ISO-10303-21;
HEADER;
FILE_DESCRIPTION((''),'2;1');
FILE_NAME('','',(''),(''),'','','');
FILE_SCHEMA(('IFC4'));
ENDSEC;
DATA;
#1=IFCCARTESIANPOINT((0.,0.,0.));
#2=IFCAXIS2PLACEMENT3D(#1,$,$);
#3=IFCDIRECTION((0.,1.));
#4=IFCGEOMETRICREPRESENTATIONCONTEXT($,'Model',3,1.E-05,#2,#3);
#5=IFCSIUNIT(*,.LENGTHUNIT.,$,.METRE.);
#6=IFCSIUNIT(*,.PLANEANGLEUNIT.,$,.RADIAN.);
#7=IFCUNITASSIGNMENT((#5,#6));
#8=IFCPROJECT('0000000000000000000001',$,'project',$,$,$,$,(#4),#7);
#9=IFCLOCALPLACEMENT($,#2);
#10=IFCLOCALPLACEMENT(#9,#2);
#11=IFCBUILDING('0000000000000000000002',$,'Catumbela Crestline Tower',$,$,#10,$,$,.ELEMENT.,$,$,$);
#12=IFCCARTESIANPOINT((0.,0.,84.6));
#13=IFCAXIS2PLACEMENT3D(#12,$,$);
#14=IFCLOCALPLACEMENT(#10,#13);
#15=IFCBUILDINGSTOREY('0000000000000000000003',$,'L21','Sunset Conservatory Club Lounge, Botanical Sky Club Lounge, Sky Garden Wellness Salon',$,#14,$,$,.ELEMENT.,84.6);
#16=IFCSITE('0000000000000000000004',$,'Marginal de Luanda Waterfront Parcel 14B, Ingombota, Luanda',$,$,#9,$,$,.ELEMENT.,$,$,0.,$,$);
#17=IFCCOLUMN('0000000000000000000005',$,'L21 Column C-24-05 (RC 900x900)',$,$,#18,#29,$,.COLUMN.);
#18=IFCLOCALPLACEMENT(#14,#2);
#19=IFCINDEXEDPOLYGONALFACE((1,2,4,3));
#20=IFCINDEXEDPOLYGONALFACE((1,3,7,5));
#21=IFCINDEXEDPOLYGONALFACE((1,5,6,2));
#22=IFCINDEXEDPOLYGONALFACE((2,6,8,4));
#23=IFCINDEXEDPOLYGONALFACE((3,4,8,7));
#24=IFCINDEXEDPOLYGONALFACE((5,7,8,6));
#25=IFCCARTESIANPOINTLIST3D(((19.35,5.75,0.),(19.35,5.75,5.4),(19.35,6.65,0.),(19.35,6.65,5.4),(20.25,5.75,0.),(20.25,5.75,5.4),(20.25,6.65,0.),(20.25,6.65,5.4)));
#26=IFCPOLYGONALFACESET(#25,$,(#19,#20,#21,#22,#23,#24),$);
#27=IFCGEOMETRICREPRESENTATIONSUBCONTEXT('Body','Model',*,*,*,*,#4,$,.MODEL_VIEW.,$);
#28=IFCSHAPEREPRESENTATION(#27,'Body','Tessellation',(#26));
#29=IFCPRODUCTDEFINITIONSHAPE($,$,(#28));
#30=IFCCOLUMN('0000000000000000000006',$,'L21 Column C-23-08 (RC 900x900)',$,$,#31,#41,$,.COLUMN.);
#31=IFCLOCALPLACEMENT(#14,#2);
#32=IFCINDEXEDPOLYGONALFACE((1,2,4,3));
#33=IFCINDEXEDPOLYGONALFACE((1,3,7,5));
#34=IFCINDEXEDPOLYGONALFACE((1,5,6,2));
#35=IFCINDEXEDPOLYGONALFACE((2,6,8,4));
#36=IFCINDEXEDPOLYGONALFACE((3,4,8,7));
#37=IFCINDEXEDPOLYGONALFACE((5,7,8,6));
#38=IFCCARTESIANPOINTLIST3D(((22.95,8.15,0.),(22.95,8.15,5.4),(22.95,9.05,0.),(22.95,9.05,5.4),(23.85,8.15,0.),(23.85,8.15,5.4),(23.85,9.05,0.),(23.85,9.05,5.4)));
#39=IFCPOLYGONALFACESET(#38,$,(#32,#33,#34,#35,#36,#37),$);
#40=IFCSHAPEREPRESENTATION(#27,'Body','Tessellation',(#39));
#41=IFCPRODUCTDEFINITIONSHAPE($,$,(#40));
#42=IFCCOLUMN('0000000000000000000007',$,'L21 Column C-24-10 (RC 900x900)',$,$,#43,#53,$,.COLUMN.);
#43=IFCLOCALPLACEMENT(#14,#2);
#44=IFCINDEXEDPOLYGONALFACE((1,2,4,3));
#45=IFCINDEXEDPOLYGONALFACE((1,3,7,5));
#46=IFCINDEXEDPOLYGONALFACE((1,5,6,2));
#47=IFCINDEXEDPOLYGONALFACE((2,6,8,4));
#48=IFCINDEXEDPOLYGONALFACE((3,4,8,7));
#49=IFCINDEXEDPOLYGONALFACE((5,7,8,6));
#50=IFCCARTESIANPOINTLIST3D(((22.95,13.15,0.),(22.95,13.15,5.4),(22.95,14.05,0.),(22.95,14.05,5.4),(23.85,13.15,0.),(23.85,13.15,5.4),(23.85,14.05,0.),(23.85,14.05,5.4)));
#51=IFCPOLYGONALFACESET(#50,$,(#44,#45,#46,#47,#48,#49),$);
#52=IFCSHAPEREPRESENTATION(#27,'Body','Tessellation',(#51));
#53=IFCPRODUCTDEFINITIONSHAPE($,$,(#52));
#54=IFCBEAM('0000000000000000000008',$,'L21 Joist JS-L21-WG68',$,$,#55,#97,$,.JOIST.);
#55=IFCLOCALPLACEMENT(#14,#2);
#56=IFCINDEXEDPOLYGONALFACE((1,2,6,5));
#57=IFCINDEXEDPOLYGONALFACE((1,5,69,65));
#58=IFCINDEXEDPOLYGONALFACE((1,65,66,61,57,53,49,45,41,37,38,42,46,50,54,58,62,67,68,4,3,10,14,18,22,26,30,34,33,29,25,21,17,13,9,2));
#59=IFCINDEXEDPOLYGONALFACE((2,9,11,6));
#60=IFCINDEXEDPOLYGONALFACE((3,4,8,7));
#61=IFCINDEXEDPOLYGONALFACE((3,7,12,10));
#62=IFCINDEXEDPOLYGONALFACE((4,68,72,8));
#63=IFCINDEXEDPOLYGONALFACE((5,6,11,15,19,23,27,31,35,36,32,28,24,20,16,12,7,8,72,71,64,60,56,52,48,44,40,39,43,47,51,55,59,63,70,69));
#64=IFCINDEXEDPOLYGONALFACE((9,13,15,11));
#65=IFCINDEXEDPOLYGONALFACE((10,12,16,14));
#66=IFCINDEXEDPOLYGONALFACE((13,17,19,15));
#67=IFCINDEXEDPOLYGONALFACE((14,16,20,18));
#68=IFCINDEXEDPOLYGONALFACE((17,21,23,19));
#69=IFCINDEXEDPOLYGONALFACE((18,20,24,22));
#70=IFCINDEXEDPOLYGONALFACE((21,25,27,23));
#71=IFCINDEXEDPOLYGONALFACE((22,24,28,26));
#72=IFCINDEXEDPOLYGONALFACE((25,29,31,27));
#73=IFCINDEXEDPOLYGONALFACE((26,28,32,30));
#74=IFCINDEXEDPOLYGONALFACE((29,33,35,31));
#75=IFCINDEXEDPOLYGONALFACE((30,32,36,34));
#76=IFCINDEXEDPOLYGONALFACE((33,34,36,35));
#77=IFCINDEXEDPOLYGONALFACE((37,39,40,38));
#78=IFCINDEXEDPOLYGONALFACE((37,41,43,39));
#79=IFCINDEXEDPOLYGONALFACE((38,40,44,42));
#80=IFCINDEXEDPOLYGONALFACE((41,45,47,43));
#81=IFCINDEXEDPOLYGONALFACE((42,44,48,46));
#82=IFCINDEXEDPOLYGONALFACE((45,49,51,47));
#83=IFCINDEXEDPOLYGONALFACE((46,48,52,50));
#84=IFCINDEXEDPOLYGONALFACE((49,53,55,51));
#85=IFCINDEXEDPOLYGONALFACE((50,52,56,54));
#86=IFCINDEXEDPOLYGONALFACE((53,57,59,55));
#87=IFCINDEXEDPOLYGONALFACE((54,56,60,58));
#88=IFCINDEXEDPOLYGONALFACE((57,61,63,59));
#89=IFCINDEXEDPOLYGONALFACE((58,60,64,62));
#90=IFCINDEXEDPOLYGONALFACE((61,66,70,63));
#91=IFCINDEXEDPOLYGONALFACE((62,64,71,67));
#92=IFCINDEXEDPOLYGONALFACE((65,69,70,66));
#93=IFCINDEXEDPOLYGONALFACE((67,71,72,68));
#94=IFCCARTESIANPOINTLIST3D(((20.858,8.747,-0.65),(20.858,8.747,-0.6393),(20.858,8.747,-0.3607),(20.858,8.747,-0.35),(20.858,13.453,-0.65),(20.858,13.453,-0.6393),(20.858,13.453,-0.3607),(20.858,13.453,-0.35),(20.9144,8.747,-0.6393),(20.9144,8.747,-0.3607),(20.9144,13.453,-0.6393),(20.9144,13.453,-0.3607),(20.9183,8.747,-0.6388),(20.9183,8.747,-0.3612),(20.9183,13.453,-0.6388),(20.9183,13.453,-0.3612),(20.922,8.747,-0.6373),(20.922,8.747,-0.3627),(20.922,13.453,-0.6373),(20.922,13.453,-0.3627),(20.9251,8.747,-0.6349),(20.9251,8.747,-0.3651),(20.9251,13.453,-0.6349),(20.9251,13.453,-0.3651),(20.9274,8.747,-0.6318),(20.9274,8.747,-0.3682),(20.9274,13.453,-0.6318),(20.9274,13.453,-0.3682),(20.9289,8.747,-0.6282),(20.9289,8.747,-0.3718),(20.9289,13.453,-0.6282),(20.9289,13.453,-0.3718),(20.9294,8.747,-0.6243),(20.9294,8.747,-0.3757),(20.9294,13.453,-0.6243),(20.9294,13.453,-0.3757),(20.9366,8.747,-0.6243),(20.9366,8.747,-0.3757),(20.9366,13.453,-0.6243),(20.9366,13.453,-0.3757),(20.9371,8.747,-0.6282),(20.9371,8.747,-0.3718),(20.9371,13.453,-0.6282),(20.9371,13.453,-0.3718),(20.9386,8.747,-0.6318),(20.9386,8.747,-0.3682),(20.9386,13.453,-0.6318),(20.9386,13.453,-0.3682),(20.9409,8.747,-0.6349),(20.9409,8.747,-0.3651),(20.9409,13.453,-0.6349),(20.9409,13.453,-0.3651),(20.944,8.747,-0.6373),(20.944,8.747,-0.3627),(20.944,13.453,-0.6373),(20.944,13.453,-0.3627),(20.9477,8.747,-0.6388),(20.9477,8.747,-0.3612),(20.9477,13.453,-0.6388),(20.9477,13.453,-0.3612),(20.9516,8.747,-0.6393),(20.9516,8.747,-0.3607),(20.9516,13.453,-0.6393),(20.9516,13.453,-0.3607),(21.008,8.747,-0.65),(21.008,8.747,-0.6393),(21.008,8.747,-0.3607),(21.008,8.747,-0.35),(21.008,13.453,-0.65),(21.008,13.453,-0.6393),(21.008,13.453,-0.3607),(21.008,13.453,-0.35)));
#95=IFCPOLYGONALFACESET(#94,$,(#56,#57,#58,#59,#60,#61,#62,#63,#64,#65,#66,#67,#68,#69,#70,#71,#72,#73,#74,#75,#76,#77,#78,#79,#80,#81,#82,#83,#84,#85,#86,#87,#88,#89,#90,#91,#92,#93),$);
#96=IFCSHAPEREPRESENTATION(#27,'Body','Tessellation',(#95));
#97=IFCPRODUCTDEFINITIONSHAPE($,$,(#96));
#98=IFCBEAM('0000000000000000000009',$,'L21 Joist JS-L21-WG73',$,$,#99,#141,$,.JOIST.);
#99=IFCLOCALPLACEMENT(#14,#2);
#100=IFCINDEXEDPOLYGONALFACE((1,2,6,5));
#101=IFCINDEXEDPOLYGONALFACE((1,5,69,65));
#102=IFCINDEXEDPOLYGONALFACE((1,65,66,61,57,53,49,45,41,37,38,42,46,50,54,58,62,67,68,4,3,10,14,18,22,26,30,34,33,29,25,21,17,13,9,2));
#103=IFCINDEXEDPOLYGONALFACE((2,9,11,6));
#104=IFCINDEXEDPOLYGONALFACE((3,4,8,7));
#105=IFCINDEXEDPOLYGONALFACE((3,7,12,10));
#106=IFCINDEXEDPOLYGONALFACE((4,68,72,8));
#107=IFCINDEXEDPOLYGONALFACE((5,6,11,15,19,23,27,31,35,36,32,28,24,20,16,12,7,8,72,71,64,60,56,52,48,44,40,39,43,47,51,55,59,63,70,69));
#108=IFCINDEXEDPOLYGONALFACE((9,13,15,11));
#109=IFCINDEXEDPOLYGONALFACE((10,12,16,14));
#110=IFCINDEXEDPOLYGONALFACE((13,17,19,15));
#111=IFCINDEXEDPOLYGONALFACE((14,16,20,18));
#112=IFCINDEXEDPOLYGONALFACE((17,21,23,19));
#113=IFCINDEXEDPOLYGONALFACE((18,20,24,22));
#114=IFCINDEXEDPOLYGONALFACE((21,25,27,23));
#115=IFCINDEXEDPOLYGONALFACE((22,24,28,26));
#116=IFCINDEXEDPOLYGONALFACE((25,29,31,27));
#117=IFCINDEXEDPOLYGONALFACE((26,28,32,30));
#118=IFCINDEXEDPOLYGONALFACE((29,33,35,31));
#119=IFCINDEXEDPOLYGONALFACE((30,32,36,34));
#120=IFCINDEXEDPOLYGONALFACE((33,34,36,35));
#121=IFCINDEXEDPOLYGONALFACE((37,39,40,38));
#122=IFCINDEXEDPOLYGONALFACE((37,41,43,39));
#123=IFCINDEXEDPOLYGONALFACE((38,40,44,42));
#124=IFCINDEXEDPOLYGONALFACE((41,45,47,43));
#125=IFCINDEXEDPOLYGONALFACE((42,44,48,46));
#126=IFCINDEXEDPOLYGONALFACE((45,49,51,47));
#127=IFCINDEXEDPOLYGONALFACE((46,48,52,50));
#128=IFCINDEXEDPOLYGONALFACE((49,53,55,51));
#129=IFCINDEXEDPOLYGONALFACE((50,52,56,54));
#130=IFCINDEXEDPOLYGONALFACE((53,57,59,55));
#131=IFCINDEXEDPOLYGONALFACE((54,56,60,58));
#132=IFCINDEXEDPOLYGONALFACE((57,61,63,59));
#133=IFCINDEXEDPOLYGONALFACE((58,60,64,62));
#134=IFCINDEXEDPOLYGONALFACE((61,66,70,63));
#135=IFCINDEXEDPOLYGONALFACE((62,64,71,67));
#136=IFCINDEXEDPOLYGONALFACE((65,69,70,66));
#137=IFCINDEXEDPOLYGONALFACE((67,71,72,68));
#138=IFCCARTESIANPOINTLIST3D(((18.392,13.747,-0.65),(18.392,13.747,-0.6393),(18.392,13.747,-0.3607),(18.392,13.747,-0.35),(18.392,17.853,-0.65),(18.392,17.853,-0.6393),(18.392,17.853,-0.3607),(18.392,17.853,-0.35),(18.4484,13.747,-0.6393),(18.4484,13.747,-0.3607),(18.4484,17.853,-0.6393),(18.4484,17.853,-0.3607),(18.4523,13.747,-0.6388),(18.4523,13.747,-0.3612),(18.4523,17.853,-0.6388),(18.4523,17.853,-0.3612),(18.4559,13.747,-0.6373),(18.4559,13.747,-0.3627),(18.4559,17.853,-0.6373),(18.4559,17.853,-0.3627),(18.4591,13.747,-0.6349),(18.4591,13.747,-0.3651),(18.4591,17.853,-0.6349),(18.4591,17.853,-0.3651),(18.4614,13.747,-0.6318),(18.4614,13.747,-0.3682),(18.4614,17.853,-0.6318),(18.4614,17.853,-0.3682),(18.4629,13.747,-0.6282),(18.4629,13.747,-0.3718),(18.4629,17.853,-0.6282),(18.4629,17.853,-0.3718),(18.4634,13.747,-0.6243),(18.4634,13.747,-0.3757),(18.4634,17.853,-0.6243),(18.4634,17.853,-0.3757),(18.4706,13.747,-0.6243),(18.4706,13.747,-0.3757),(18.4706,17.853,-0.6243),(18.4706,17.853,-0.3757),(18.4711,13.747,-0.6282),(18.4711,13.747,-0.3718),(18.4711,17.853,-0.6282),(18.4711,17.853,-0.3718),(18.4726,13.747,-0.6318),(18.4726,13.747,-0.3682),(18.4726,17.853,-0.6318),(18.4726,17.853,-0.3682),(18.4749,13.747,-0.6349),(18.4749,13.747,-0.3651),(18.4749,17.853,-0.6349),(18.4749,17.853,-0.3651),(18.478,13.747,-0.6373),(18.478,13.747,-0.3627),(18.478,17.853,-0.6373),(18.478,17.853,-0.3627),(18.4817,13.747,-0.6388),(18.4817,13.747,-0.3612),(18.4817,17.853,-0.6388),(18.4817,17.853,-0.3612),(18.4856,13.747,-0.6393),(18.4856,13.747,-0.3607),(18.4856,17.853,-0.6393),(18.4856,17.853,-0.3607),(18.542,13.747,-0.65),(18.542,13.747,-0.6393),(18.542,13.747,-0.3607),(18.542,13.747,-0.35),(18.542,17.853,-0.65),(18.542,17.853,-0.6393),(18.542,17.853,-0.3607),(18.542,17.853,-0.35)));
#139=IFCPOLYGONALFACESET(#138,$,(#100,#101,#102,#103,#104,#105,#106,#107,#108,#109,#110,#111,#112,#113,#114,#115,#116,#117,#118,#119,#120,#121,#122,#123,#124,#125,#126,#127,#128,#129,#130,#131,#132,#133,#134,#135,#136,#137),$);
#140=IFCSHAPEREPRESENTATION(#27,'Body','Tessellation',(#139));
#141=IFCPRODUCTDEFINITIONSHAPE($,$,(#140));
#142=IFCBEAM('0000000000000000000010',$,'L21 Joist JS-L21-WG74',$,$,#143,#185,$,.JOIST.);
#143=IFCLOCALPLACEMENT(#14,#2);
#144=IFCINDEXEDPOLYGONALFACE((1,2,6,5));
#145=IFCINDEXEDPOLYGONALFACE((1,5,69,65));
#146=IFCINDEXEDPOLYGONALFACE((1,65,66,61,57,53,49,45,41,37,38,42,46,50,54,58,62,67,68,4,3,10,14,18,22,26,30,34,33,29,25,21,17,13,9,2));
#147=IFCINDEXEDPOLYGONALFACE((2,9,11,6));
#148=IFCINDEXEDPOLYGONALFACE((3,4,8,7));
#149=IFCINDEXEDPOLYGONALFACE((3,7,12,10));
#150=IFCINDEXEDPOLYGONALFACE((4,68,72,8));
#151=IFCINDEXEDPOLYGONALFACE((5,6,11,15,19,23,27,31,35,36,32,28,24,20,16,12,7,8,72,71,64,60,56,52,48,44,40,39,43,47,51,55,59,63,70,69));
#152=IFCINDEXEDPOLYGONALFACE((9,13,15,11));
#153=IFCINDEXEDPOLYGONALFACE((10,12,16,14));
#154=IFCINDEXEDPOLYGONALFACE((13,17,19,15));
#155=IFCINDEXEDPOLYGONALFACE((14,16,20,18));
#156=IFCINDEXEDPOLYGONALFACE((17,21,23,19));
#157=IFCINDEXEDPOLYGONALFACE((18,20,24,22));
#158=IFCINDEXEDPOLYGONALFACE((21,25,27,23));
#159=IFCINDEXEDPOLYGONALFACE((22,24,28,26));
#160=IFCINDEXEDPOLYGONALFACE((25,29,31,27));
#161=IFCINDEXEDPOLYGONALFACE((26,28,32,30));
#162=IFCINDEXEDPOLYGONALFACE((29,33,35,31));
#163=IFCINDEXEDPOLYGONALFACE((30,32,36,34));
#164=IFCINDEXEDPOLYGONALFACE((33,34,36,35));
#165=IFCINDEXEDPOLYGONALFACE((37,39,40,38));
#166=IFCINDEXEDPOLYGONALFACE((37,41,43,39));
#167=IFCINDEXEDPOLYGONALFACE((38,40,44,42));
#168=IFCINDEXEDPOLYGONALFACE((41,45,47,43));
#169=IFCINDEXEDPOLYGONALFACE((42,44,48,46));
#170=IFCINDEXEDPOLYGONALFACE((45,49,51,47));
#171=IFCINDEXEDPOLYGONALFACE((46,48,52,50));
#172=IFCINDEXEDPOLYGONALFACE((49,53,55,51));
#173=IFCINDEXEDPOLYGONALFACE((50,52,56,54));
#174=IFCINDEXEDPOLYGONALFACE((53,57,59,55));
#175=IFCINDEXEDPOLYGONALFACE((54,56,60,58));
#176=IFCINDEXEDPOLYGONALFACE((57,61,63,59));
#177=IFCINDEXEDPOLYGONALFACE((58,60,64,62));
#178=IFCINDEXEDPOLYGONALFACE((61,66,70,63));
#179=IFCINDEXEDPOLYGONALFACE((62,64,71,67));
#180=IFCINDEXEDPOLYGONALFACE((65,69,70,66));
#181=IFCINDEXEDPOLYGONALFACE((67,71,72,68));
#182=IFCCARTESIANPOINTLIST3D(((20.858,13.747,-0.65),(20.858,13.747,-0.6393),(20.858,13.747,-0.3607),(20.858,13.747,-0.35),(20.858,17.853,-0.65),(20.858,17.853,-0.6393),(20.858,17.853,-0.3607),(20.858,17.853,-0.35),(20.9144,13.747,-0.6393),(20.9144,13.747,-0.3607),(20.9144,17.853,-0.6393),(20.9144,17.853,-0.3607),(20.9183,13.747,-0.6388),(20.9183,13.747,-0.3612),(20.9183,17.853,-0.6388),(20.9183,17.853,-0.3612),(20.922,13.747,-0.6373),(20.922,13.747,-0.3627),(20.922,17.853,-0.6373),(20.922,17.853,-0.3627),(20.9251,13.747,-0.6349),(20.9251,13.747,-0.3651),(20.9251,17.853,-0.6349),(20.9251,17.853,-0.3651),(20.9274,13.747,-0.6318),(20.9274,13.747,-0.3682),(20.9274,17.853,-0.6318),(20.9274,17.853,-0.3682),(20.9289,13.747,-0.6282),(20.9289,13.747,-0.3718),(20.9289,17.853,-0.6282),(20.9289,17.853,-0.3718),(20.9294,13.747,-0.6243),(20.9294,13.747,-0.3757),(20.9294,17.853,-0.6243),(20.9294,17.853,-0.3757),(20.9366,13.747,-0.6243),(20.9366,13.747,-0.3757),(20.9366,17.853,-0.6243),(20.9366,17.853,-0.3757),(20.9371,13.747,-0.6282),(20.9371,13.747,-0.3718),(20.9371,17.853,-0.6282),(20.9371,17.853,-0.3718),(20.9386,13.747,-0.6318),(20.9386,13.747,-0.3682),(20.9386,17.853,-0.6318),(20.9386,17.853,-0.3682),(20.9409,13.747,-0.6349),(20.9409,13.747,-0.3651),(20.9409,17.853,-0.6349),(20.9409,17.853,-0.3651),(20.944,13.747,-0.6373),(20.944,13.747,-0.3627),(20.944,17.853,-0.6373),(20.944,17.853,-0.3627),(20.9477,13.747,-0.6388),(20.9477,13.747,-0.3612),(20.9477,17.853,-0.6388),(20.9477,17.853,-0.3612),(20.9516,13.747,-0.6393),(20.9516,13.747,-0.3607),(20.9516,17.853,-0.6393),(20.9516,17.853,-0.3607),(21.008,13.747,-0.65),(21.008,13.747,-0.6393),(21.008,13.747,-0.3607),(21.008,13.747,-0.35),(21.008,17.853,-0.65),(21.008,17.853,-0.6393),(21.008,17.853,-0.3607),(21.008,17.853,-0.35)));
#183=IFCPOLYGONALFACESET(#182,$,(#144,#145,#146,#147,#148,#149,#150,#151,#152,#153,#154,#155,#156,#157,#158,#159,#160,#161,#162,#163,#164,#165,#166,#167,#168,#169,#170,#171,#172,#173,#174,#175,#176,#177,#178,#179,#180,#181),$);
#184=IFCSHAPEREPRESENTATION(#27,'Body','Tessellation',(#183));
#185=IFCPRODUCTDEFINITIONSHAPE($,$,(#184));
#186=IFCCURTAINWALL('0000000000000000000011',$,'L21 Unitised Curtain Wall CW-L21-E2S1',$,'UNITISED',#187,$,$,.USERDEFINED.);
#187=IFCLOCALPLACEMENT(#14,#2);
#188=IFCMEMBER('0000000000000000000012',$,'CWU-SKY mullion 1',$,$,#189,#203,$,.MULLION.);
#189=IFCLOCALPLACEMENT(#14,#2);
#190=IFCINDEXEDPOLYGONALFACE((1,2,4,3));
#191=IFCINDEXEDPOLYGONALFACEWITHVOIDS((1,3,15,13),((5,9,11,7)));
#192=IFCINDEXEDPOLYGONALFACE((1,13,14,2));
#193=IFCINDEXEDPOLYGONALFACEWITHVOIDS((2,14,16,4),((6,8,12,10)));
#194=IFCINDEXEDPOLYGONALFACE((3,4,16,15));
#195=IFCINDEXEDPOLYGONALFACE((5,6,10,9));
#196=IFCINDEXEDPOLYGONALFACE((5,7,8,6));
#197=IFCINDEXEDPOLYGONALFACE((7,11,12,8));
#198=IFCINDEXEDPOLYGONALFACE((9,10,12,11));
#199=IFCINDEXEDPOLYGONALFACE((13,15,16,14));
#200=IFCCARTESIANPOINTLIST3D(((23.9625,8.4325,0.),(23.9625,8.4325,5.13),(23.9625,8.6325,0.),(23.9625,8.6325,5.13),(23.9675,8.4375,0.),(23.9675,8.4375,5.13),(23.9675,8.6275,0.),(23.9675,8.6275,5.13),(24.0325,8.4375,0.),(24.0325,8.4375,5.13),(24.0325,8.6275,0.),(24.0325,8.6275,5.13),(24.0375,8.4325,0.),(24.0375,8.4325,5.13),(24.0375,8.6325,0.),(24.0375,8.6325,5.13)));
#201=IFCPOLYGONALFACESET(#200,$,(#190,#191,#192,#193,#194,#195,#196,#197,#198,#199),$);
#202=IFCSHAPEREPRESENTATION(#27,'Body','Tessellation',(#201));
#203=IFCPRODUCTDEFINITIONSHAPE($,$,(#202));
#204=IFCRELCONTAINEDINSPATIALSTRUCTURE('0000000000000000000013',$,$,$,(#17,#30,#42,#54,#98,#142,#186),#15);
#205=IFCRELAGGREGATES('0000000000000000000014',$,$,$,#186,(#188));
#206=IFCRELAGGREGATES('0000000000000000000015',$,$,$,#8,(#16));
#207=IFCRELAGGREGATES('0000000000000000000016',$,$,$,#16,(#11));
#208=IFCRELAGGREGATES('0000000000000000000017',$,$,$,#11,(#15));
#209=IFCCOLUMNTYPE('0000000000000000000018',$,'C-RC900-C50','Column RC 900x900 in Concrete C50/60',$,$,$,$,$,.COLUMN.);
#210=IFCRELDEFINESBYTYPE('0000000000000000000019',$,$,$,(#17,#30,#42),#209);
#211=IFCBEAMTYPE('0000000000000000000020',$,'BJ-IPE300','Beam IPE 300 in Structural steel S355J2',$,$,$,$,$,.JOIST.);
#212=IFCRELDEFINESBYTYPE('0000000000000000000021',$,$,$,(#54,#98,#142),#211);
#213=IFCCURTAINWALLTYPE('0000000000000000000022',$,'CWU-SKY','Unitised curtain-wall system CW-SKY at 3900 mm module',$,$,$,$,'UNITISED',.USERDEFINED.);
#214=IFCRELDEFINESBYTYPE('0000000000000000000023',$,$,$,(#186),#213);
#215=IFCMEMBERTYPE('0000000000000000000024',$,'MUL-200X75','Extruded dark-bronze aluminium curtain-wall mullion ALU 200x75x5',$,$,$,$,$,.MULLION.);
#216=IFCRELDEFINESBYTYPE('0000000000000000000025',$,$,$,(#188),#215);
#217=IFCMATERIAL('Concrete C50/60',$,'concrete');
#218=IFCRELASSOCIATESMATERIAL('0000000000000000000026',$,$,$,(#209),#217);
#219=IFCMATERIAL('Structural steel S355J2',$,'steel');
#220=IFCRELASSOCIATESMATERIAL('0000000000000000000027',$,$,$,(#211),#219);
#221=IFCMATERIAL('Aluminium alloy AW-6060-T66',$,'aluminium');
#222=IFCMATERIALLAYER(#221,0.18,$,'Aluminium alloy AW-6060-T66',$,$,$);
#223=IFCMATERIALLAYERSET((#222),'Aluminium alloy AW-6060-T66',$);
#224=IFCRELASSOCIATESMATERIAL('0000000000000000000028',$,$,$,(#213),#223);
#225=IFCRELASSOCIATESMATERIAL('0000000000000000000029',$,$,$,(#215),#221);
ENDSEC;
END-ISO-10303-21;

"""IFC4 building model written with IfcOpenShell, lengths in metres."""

from ifc_helpers import new_model, si_unit, direction, frame, origin, origin_2d, place, context, subcontext, project, spatial, rectangle, hollow_rectangle, i_section, extrude, material, layer, layer_set, material_profile, profile_set, type_object, element, aggregate, save


model = new_model("IFC4")

# Units and contexts
model_context = context("Model", 3, precision=1e-05, world=origin(), true_north=direction((0.0, 1.0)))
body_context = subcontext(model_context, "Body", "Model", "MODEL_VIEW")
ifc_project = project(units=[si_unit("LENGTHUNIT", "METRE"), si_unit("PLANEANGLEUNIT", "RADIAN")], contexts=[model_context])

# Site, building, storey
site_placement = place(None, origin())
site = spatial("IfcSite", under=ifc_project, at=site_placement, Name="Marginal de Luanda Waterfront Parcel 14B, Ingombota, Luanda", CompositionType="ELEMENT", RefElevation=0.0)
building_placement = place(site_placement, origin())
building = spatial("IfcBuilding", under=site, at=building_placement, Name="Catumbela Crestline Tower", CompositionType="ELEMENT")
storey_placement = place(building_placement, frame((0.0, 0.0, 84.6)))
storey = spatial("IfcBuildingStorey", under=building, at=storey_placement, Name="L21", Description="Sunset Conservatory Club Lounge, Botanical Sky Club Lounge, Sky Garden Wellness Salon", CompositionType="ELEMENT", Elevation=84.6)

# Columns
ifc_material_1 = material(Name="Concrete C50/60", Category="concrete")
ifc_material_profile_1 = material_profile(ifc_material_1, rectangle(XDim=0.9, YDim=0.9, at=origin_2d()), Name="RC 900x900")
ifc_profile_set_1 = profile_set([ifc_material_profile_1], Name="Concrete C50/60")
column_type = type_object("IfcColumnType", Name="C-RC900-C50", Description="Column RC 900x900 in Concrete C50/60", PredefinedType="COLUMN", material=ifc_profile_set_1)
for number, where, z_axis, x_axis, name in (
    (1, (19.8, 6.2, 0.0), (0.0, 0.0, 1.0), (1.0, 0.0, 0.0), "L21 Column C-24-05 (RC 900x900)"),
    (2, (23.4, 8.6, 0.0), (0.0, 0.0, 1.0), (1.0, 0.0, 0.0), "L21 Column C-23-08 (RC 900x900)"),
    (3, (23.4, 13.6, 0.0), (0.0, 0.0, 1.0), (1.0, 0.0, 0.0), "L21 Column C-24-10 (RC 900x900)"),
):
    element("IfcColumn", number, at=place(storey_placement, frame(where, z_axis=z_axis, x_axis=x_axis)), inside=storey, type_object=column_type, Name=name, PredefinedType="COLUMN", context=body_context, shape_type="SweptSolid", body=[
        extrude(rectangle(XDim=0.9, YDim=0.9, at=origin_2d()), origin(), (0.0, 0.0, 1.0), 5.4),
    ])

# Beams
ifc_material_2 = material(Name="Structural steel S355J2", Category="steel")
ifc_material_profile_2 = material_profile(ifc_material_2, i_section(OverallWidth=0.15, OverallDepth=0.3, WebThickness=0.0071, FlangeThickness=0.0107, FilletRadius=0.015, at=origin_2d()), Name="IPE 300")
ifc_profile_set_2 = profile_set([ifc_material_profile_2], Name="Structural steel S355J2")
beam_type_1 = type_object("IfcBeamType", Name="BJ-IPE300", Description="Beam IPE 300 in Structural steel S355J2", PredefinedType="JOIST", material=ifc_profile_set_2)
beam_1_placement = place(storey_placement, frame((20.933, 8.747, -0.5), z_axis=(0.0, 1.0, 0.0), x_axis=(-1.0, 0.0, 0.0)))
element("IfcBeam", 4, at=beam_1_placement, inside=storey, type_object=beam_type_1, Name="L21 Joist JS-L21-WG68", PredefinedType="JOIST", context=body_context, shape_type="SweptSolid", body=[
    extrude(i_section(OverallWidth=0.15, OverallDepth=0.3, WebThickness=0.0071, FlangeThickness=0.0107, FilletRadius=0.015, at=origin_2d()), origin(), (0.0, 0.0, 1.0), 4.706),
])
for number, where, z_axis, x_axis, name in (
    (5, (18.467, 13.747, -0.5), (0.0, 1.0, 0.0), (-1.0, 0.0, 0.0), "L21 Joist JS-L21-WG73"),
    (6, (20.933, 13.747, -0.5), (0.0, 1.0, 0.0), (-1.0, 0.0, 0.0), "L21 Joist JS-L21-WG74"),
):
    element("IfcBeam", number, at=place(storey_placement, frame(where, z_axis=z_axis, x_axis=x_axis)), inside=storey, type_object=beam_type_1, Name=name, PredefinedType="JOIST", context=body_context, shape_type="SweptSolid", body=[
        extrude(i_section(OverallWidth=0.15, OverallDepth=0.3, WebThickness=0.0071, FlangeThickness=0.0107, FilletRadius=0.015, at=origin_2d()), origin(), (0.0, 0.0, 1.0), 4.106),
    ])

# Curtain wall, member
ifc_material_3 = material(Name="Aluminium alloy AW-6060-T66", Category="aluminium")
ifc_layer_1 = layer(ifc_material_3, 0.18, Name="Aluminium alloy AW-6060-T66")
ifc_layer_set_1 = layer_set([ifc_layer_1], Name="Aluminium alloy AW-6060-T66")
curtain_wall_type = type_object("IfcCurtainWallType", Name="CWU-SKY", Description="Unitised curtain-wall system CW-SKY at 3900 mm module", ElementType="UNITISED", PredefinedType="USERDEFINED", material=ifc_layer_set_1)
curtain_wall_placement = place(storey_placement, origin())
curtain_wall = element("IfcCurtainWall", 7, at=curtain_wall_placement, inside=storey, type_object=curtain_wall_type, Name="L21 Unitised Curtain Wall CW-L21-E2S1", ObjectType="UNITISED", PredefinedType="USERDEFINED")
ifc_material_profile_3 = material_profile(ifc_material_3, hollow_rectangle(XDim=0.075, YDim=0.2, WallThickness=0.005, at=origin_2d()), Name="ALU 200x75x5")
ifc_profile_set_3 = profile_set([ifc_material_profile_3], Name="Aluminium alloy AW-6060-T66")
member_type_1 = type_object("IfcMemberType", Name="MUL-200X75", Description="Extruded dark-bronze aluminium curtain-wall mullion ALU 200x75x5", PredefinedType="MULLION", material=ifc_profile_set_3)
member_1_placement = place(storey_placement, frame((24.0, 8.5325, 0.0), z_axis=(0.0, 0.0, 1.0), x_axis=(-1.0, 0.0, 0.0)))
member_1 = element("IfcMember", 8, at=member_1_placement, type_object=member_type_1, Name="CWU-SKY mullion 1", PredefinedType="MULLION", context=body_context, shape_type="SweptSolid", body=[
    extrude(hollow_rectangle(XDim=0.075, YDim=0.2, WallThickness=0.005, at=origin_2d()), origin(), (0.0, 0.0, 1.0), 5.13),
])

aggregate(curtain_wall, [member_1])

save(model, "model.ifc")
